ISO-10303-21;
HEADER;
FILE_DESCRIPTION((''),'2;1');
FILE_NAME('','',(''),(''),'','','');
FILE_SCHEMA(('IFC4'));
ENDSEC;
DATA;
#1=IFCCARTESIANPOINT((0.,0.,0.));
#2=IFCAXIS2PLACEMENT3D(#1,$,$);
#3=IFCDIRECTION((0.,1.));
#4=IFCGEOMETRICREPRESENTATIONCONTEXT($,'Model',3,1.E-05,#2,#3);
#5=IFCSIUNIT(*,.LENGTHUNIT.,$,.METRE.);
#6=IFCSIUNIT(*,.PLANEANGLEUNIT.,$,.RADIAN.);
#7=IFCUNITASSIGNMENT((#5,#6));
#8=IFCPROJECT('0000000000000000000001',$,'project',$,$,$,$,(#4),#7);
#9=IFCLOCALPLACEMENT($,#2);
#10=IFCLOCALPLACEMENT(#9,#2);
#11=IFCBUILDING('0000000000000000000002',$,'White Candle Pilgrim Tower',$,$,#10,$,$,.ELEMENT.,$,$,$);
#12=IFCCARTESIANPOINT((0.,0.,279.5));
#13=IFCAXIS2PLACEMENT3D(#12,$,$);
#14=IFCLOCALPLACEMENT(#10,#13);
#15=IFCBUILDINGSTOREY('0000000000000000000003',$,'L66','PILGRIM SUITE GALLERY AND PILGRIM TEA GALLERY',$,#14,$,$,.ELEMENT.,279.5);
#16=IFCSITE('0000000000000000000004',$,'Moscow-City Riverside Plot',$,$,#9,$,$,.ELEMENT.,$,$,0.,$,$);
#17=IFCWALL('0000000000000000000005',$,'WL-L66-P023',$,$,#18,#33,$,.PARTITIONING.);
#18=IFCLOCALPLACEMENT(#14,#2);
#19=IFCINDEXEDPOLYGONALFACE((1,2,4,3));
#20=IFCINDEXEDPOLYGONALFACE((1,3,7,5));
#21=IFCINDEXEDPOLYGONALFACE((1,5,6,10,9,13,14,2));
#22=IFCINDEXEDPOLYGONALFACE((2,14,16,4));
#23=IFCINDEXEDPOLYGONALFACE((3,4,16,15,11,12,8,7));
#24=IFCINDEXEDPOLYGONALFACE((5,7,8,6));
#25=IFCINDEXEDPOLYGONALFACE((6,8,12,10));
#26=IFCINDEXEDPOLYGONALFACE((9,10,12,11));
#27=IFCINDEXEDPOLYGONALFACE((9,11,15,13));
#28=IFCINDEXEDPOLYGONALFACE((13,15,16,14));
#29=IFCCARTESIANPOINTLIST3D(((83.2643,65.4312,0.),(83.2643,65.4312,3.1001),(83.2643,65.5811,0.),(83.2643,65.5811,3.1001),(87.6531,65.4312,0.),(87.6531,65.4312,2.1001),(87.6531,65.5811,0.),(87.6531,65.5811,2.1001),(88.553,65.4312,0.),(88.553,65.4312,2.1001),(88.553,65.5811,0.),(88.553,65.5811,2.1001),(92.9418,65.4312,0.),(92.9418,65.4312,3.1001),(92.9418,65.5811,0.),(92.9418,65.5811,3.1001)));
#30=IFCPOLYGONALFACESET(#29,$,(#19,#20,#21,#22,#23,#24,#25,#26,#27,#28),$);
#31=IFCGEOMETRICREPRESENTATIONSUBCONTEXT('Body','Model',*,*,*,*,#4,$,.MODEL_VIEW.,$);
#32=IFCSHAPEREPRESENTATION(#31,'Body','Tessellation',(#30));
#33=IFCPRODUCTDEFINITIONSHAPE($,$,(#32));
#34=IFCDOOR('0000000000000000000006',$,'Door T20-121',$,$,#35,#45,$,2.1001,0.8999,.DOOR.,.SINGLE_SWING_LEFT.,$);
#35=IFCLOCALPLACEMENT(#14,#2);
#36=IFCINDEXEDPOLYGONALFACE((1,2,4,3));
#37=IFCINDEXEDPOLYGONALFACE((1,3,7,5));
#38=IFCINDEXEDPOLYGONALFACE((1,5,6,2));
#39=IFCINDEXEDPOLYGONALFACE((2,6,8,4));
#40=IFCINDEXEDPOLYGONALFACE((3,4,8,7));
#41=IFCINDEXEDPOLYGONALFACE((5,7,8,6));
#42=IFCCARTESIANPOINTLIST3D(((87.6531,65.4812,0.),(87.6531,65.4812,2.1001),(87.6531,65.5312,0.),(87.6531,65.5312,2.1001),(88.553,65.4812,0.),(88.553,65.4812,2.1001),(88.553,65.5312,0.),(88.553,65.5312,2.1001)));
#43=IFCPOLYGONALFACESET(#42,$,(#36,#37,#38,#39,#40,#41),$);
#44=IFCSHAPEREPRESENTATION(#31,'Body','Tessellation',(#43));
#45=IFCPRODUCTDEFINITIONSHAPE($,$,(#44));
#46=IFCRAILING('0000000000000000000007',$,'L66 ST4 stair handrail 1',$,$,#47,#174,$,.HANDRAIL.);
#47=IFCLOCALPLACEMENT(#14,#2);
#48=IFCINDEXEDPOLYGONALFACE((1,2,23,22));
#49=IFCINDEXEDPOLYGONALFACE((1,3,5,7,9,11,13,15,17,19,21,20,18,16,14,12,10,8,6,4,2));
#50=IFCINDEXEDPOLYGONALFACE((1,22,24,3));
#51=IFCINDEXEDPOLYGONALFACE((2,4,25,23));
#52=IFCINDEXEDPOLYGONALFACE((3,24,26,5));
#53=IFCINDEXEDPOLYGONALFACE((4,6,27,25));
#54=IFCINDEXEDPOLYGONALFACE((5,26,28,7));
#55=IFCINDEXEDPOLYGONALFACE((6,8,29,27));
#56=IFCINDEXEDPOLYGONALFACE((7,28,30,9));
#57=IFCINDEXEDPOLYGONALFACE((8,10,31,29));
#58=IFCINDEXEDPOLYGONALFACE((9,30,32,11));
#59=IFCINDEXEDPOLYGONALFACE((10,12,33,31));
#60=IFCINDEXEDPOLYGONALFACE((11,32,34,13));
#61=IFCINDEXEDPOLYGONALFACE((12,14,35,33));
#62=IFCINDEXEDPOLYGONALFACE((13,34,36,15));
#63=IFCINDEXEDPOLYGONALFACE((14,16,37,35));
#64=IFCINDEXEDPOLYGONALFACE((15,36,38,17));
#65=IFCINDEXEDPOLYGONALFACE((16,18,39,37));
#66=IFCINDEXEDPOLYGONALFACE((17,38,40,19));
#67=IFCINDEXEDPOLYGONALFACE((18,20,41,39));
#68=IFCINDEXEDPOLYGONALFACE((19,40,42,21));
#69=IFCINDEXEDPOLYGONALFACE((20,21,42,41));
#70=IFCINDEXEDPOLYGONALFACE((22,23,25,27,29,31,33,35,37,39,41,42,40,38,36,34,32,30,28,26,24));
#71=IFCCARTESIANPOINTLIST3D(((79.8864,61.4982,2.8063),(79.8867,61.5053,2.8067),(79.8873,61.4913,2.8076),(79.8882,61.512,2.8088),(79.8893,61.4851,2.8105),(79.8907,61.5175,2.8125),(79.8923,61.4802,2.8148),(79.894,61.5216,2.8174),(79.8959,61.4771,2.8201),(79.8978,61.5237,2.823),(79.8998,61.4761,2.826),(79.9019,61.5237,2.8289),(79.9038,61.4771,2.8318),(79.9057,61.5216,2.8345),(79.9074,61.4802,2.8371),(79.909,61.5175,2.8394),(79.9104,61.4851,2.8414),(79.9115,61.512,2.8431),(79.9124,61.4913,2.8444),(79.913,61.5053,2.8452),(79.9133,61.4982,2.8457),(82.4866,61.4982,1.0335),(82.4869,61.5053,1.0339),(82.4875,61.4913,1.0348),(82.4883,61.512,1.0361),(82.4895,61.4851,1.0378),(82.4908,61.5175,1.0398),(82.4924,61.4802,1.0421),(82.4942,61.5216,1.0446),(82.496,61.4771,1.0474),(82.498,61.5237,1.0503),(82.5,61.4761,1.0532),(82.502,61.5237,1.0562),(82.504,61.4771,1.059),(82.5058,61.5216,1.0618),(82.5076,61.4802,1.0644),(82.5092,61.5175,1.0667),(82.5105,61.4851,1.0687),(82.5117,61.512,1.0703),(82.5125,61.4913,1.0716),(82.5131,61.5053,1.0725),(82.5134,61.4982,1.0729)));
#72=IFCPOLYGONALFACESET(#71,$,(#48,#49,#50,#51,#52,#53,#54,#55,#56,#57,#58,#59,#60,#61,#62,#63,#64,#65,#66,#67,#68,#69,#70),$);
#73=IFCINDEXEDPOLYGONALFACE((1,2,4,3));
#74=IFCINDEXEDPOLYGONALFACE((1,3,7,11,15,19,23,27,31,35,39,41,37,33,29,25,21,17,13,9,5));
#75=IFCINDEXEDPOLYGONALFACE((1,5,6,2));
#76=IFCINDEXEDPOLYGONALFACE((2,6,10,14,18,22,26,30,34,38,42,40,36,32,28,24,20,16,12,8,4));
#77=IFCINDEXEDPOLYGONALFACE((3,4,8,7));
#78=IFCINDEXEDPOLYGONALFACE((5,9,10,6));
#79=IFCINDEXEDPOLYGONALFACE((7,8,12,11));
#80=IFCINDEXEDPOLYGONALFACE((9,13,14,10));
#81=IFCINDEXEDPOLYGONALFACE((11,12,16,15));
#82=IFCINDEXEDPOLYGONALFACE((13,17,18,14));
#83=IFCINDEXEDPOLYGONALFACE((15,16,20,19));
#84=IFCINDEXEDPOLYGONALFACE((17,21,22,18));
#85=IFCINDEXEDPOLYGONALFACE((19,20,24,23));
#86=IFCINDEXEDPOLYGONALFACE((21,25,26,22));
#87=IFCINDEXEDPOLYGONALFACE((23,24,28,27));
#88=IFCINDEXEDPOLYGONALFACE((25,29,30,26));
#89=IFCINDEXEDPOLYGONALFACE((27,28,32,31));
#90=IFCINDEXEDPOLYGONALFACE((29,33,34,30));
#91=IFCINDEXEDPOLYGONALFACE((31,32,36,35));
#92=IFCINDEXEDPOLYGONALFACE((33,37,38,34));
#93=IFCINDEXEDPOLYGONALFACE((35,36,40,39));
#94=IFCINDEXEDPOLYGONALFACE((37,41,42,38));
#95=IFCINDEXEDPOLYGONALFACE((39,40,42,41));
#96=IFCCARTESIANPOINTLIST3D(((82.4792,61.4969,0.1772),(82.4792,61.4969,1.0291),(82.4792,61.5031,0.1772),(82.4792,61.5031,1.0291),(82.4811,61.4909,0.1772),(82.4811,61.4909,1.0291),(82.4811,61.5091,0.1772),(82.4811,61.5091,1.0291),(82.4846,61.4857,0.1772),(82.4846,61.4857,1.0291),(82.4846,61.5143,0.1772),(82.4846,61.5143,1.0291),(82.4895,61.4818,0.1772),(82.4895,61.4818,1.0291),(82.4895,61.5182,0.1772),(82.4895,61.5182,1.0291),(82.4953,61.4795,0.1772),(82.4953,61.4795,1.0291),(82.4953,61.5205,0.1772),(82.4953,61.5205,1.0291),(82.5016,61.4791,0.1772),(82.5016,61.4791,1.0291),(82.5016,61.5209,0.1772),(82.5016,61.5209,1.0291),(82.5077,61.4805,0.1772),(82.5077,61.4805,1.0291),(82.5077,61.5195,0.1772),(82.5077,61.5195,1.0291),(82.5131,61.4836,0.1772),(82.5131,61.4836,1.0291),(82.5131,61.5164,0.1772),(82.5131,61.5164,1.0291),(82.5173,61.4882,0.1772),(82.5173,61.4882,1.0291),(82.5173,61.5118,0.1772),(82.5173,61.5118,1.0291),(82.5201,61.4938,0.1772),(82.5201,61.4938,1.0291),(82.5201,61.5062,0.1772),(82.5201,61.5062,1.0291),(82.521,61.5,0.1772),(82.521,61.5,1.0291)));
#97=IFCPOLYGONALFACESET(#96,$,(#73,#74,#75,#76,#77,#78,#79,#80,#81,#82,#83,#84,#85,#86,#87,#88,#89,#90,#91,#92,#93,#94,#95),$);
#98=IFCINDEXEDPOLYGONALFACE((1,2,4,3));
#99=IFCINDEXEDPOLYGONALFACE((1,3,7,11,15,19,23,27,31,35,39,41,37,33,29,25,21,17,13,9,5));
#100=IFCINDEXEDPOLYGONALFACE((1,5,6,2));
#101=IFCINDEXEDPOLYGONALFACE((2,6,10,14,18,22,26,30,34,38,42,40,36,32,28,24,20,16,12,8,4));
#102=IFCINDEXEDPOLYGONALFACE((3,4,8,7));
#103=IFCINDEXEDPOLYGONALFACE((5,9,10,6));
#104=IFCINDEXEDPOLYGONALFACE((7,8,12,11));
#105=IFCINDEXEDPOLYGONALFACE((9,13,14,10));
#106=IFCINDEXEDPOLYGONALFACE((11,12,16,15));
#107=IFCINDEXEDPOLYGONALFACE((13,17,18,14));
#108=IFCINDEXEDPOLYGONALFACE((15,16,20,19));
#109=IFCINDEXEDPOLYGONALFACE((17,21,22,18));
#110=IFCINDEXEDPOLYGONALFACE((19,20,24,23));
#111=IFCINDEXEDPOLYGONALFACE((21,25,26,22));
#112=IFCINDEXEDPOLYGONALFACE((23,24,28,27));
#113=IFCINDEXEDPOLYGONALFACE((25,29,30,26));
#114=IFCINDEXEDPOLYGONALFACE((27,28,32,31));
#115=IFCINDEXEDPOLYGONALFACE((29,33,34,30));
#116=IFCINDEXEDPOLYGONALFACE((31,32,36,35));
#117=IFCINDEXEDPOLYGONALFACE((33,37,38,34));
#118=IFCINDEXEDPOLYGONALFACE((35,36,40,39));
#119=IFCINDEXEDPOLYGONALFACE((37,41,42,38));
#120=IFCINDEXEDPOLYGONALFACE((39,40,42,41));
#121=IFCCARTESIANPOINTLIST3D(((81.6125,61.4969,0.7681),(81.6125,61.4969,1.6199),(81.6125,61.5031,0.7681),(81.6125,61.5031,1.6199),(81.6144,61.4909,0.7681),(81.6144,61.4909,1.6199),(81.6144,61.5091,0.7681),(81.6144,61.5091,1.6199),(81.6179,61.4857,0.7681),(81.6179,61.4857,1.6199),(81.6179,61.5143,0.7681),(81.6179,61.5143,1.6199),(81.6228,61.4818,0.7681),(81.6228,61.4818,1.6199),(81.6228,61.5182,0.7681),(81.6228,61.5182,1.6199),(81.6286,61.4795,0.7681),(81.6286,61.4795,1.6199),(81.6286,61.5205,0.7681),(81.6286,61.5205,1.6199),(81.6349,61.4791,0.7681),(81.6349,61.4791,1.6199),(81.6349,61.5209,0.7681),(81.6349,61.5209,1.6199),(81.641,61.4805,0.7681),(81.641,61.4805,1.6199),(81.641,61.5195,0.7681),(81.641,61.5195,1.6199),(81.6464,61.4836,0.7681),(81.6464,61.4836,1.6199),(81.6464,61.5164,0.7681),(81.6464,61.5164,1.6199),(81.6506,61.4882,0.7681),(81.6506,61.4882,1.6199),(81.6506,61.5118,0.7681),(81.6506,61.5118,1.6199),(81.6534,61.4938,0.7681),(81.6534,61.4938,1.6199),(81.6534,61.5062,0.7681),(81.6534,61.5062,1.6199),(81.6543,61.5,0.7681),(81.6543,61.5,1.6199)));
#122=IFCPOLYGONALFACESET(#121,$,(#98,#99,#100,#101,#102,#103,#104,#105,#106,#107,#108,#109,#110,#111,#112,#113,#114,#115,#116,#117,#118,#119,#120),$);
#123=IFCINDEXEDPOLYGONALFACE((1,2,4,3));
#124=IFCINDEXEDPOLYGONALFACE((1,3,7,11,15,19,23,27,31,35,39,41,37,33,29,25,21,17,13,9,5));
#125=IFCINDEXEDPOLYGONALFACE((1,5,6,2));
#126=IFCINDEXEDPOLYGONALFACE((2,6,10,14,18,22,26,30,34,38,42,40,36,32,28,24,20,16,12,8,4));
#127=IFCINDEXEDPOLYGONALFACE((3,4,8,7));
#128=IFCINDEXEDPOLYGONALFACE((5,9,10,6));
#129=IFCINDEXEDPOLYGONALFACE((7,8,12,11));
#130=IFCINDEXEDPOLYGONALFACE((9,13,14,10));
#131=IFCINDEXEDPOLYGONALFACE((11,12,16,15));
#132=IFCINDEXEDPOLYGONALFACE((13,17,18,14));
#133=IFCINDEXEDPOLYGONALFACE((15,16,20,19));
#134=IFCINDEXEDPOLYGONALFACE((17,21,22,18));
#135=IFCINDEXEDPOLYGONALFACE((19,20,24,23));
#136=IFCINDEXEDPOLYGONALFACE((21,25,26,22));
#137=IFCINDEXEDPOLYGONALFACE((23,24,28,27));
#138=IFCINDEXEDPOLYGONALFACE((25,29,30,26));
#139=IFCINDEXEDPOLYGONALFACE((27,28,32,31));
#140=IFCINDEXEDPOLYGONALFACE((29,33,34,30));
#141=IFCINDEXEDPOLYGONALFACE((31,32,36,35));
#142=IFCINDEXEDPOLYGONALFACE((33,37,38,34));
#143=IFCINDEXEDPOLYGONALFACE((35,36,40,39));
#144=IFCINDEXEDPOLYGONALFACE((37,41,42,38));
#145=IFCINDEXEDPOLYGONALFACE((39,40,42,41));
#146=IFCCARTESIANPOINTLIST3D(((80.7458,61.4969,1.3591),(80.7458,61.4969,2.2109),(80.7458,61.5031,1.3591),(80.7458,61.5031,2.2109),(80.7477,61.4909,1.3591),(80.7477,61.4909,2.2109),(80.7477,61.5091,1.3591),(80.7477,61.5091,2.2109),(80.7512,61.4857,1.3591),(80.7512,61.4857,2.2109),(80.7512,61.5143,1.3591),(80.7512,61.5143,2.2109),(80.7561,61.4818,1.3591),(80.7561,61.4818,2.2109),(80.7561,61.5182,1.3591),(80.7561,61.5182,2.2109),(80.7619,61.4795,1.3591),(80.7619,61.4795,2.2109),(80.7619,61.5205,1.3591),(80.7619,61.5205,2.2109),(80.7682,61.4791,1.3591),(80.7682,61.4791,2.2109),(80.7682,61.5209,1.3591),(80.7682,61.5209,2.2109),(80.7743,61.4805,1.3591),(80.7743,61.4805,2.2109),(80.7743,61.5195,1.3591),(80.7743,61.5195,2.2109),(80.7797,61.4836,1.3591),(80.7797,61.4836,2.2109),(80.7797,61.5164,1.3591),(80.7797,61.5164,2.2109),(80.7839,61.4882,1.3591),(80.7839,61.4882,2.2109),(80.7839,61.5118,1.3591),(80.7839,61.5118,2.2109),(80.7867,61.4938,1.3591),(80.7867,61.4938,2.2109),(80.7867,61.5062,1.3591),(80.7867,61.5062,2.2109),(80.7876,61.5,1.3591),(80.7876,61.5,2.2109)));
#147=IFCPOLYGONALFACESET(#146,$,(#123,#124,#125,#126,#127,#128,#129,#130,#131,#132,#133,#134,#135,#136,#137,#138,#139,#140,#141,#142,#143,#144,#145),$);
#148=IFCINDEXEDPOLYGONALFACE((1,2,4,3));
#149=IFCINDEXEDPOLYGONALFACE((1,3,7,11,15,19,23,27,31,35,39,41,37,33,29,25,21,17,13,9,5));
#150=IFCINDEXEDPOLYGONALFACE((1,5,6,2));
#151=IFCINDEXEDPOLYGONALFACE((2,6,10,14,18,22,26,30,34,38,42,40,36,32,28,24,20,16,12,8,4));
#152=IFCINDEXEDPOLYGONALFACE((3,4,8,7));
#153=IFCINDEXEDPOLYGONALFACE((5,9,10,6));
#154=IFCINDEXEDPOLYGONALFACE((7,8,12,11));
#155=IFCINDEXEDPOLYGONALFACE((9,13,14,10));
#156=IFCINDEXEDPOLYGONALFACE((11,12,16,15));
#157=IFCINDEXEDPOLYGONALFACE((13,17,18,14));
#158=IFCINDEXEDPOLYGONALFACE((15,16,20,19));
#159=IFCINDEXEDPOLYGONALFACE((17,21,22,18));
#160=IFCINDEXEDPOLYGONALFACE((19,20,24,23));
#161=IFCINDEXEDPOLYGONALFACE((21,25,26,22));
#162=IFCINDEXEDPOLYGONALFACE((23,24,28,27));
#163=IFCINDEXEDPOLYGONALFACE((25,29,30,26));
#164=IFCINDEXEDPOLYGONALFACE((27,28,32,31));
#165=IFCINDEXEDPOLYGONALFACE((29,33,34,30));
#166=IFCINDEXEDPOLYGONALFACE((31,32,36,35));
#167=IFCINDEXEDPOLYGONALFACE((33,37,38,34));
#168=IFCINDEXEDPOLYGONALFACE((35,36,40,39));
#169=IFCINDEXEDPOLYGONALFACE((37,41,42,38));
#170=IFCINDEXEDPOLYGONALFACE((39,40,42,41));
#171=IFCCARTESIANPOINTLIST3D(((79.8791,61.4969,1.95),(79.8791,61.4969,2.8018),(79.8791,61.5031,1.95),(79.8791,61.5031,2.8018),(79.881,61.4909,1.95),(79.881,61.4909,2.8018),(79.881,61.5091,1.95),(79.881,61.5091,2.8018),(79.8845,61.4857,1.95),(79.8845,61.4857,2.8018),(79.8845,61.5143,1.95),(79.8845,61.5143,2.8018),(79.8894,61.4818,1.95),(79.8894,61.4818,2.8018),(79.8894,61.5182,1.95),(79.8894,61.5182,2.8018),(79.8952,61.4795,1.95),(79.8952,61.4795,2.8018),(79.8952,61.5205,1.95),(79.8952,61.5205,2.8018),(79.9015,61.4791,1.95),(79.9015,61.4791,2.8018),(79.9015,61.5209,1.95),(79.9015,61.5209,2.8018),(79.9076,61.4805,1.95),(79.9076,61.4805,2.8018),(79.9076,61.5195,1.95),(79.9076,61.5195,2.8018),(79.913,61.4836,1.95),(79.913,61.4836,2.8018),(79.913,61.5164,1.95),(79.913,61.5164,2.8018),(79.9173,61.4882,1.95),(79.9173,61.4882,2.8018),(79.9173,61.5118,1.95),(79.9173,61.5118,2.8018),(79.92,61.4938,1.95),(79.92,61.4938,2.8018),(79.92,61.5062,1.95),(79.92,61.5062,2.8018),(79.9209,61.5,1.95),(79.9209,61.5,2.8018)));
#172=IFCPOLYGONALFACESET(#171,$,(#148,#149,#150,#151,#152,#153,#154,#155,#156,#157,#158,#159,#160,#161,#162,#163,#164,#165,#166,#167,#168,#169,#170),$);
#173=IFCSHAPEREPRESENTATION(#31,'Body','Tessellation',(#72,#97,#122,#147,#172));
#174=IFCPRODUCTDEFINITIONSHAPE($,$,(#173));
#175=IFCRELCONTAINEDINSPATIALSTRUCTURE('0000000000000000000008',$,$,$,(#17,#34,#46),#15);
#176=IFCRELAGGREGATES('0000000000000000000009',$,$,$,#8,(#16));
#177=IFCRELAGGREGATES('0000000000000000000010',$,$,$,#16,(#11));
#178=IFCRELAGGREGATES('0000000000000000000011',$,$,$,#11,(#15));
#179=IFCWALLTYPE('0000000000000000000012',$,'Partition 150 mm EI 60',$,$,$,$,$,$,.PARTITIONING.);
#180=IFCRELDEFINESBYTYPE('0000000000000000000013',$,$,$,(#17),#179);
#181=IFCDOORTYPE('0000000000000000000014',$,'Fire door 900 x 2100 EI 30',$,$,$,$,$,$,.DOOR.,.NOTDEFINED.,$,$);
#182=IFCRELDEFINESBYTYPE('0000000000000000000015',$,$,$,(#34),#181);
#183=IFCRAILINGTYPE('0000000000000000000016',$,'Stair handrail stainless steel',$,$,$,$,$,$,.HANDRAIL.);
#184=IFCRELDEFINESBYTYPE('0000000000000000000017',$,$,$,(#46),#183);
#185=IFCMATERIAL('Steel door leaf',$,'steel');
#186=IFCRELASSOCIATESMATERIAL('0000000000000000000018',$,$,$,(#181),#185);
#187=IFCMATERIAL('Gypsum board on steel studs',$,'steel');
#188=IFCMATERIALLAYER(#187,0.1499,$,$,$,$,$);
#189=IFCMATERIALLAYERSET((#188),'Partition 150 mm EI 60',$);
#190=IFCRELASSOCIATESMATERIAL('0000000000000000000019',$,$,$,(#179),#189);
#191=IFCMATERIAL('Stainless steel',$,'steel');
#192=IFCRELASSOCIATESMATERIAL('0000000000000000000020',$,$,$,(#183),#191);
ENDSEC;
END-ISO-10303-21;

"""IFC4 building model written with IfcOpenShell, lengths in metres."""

from ifc_helpers import new_model, si_unit, direction, frame, frame_2d, origin, origin_2d, place, context, subcontext, project, spatial, rectangle, circle, extrude, material, layer, layer_set, type_object, element, fill, save


model = new_model("IFC4")

# Units and contexts
model_context = context("Model", 3, precision=1e-05, world=origin(), true_north=direction((0.0, 1.0)))
body_context = subcontext(model_context, "Body", "Model", "MODEL_VIEW")
ifc_project = project(units=[si_unit("LENGTHUNIT", "METRE"), si_unit("PLANEANGLEUNIT", "RADIAN")], contexts=[model_context])

# Site, building, storey
site_placement = place(None, origin())
site = spatial("IfcSite", under=ifc_project, at=site_placement, Name="Moscow-City Riverside Plot", CompositionType="ELEMENT", RefElevation=0.0)
building_placement = place(site_placement, origin())
building = spatial("IfcBuilding", under=site, at=building_placement, Name="White Candle Pilgrim Tower", CompositionType="ELEMENT")
storey_placement = place(building_placement, frame((0.0, 0.0, 279.5)))
storey = spatial("IfcBuildingStorey", under=building, at=storey_placement, Name="L66", Description="PILGRIM SUITE GALLERY AND PILGRIM TEA GALLERY", CompositionType="ELEMENT", Elevation=279.5)

# Shared definitions
ifc_material_1 = material(Name="Gypsum board on steel studs", Category="steel")

# Shared definitions
ifc_material_2 = material(Name="Steel door leaf", Category="steel")
door_type = type_object("IfcDoorType", Name="Fire door 900 x 2100 EI 30", OperationType="NOTDEFINED", PredefinedType="DOOR", material=ifc_material_2)

# Shared definitions
ifc_layer_1 = layer(ifc_material_1, 0.1499)
ifc_layer_set_1 = layer_set([ifc_layer_1], Name="Partition 150 mm EI 60")
wall_type_1 = type_object("IfcWallType", Name="Partition 150 mm EI 60", PredefinedType="PARTITIONING", material=ifc_layer_set_1)

# Wall, opening, door
wall_1_placement = place(storey_placement, frame((92.9419, 65.5061, 0.0), z_axis=(0.0, 0.0, 1.0), x_axis=(-1.0, 0.0, 0.0)))
wall_1 = element("IfcWall", 1, at=wall_1_placement, inside=storey, type_object=wall_type_1, Name="WL-L66-P023", PredefinedType="PARTITIONING", context=body_context, shape_type="SweptSolid", body=[
    extrude(rectangle(XDim=9.6775, YDim=0.1499, at=frame_2d((4.8389, 0.0))), origin(), (0.0, 0.0, 1.0), 3.1001),
])
opening_1_placement = place(wall_1_placement, frame((4.3889, 0.0, 0.0)))
opening_1 = element("IfcOpeningElement", 2, at=opening_1_placement, cuts=wall_1, PredefinedType="OPENING", context=body_context, shape_type="SweptSolid", body=[
    extrude(rectangle(XDim=0.8999, YDim=2.1001, at=frame_2d((0.45, 1.05))), frame((0.0, 0.085, 0.0), z_axis=(0.0, -1.0, 0.0), x_axis=(1.0, 0.0, 0.0)), (0.0, 0.0, 1.0), 0.1699),
])
door_1_placement = place(opening_1_placement, origin())
door_1 = element("IfcDoor", 3, at=door_1_placement, inside=storey, type_object=door_type, Name="Door T20-121", OperationType="SINGLE_SWING_LEFT", OverallHeight=2.1001, OverallWidth=0.8999, PredefinedType="DOOR", context=body_context, shape_type="SweptSolid", body=[
    extrude(rectangle(XDim=0.8999, YDim=2.1001, at=frame_2d((0.45, 1.05))), frame((0.0, 0.0249, 0.0), z_axis=(0.0, -1.0, 0.0), x_axis=(1.0, 0.0, 0.0)), (0.0, 0.0, 1.0), 0.05),
])
fill(opening_1, door_1)

# Railing
ifc_material_3 = material(Name="Stainless steel", Category="steel")
railing_type = type_object("IfcRailingType", Name="Stair handrail stainless steel", PredefinedType="HANDRAIL", material=ifc_material_3)
railing_placement = place(storey_placement, frame((82.5, 61.5, 0.1772)))
element("IfcRailing", 4, at=railing_placement, inside=storey, type_object=railing_type, Name="L66 ST4 stair handrail 1", PredefinedType="HANDRAIL", context=body_context, shape_type="SweptSolid", body=[
    extrude(circle(Radius=0.0239, at=origin_2d()), frame((0.0, 0.0, 0.876), z_axis=(-0.82624, 0.0, 0.563318), x_axis=(0.0, -1.0, 0.0)), (0.0, 0.0, 1.0), 3.147),
    extrude(circle(Radius=0.021, at=origin_2d()), origin(), (0.0, 0.0, 1.0), 0.8518),
    extrude(circle(Radius=0.021, at=origin_2d()), frame((-0.8667, 0.0, 0.5908)), (0.0, 0.0, 1.0), 0.8518),
    extrude(circle(Radius=0.021, at=origin_2d()), frame((-1.7334, 0.0, 1.1819)), (0.0, 0.0, 1.0), 0.8518),
    extrude(circle(Radius=0.021, at=origin_2d()), frame((-2.6001, 0.0, 1.7727)), (0.0, 0.0, 1.0), 0.8518),
])

save(model, "model.ifc")
